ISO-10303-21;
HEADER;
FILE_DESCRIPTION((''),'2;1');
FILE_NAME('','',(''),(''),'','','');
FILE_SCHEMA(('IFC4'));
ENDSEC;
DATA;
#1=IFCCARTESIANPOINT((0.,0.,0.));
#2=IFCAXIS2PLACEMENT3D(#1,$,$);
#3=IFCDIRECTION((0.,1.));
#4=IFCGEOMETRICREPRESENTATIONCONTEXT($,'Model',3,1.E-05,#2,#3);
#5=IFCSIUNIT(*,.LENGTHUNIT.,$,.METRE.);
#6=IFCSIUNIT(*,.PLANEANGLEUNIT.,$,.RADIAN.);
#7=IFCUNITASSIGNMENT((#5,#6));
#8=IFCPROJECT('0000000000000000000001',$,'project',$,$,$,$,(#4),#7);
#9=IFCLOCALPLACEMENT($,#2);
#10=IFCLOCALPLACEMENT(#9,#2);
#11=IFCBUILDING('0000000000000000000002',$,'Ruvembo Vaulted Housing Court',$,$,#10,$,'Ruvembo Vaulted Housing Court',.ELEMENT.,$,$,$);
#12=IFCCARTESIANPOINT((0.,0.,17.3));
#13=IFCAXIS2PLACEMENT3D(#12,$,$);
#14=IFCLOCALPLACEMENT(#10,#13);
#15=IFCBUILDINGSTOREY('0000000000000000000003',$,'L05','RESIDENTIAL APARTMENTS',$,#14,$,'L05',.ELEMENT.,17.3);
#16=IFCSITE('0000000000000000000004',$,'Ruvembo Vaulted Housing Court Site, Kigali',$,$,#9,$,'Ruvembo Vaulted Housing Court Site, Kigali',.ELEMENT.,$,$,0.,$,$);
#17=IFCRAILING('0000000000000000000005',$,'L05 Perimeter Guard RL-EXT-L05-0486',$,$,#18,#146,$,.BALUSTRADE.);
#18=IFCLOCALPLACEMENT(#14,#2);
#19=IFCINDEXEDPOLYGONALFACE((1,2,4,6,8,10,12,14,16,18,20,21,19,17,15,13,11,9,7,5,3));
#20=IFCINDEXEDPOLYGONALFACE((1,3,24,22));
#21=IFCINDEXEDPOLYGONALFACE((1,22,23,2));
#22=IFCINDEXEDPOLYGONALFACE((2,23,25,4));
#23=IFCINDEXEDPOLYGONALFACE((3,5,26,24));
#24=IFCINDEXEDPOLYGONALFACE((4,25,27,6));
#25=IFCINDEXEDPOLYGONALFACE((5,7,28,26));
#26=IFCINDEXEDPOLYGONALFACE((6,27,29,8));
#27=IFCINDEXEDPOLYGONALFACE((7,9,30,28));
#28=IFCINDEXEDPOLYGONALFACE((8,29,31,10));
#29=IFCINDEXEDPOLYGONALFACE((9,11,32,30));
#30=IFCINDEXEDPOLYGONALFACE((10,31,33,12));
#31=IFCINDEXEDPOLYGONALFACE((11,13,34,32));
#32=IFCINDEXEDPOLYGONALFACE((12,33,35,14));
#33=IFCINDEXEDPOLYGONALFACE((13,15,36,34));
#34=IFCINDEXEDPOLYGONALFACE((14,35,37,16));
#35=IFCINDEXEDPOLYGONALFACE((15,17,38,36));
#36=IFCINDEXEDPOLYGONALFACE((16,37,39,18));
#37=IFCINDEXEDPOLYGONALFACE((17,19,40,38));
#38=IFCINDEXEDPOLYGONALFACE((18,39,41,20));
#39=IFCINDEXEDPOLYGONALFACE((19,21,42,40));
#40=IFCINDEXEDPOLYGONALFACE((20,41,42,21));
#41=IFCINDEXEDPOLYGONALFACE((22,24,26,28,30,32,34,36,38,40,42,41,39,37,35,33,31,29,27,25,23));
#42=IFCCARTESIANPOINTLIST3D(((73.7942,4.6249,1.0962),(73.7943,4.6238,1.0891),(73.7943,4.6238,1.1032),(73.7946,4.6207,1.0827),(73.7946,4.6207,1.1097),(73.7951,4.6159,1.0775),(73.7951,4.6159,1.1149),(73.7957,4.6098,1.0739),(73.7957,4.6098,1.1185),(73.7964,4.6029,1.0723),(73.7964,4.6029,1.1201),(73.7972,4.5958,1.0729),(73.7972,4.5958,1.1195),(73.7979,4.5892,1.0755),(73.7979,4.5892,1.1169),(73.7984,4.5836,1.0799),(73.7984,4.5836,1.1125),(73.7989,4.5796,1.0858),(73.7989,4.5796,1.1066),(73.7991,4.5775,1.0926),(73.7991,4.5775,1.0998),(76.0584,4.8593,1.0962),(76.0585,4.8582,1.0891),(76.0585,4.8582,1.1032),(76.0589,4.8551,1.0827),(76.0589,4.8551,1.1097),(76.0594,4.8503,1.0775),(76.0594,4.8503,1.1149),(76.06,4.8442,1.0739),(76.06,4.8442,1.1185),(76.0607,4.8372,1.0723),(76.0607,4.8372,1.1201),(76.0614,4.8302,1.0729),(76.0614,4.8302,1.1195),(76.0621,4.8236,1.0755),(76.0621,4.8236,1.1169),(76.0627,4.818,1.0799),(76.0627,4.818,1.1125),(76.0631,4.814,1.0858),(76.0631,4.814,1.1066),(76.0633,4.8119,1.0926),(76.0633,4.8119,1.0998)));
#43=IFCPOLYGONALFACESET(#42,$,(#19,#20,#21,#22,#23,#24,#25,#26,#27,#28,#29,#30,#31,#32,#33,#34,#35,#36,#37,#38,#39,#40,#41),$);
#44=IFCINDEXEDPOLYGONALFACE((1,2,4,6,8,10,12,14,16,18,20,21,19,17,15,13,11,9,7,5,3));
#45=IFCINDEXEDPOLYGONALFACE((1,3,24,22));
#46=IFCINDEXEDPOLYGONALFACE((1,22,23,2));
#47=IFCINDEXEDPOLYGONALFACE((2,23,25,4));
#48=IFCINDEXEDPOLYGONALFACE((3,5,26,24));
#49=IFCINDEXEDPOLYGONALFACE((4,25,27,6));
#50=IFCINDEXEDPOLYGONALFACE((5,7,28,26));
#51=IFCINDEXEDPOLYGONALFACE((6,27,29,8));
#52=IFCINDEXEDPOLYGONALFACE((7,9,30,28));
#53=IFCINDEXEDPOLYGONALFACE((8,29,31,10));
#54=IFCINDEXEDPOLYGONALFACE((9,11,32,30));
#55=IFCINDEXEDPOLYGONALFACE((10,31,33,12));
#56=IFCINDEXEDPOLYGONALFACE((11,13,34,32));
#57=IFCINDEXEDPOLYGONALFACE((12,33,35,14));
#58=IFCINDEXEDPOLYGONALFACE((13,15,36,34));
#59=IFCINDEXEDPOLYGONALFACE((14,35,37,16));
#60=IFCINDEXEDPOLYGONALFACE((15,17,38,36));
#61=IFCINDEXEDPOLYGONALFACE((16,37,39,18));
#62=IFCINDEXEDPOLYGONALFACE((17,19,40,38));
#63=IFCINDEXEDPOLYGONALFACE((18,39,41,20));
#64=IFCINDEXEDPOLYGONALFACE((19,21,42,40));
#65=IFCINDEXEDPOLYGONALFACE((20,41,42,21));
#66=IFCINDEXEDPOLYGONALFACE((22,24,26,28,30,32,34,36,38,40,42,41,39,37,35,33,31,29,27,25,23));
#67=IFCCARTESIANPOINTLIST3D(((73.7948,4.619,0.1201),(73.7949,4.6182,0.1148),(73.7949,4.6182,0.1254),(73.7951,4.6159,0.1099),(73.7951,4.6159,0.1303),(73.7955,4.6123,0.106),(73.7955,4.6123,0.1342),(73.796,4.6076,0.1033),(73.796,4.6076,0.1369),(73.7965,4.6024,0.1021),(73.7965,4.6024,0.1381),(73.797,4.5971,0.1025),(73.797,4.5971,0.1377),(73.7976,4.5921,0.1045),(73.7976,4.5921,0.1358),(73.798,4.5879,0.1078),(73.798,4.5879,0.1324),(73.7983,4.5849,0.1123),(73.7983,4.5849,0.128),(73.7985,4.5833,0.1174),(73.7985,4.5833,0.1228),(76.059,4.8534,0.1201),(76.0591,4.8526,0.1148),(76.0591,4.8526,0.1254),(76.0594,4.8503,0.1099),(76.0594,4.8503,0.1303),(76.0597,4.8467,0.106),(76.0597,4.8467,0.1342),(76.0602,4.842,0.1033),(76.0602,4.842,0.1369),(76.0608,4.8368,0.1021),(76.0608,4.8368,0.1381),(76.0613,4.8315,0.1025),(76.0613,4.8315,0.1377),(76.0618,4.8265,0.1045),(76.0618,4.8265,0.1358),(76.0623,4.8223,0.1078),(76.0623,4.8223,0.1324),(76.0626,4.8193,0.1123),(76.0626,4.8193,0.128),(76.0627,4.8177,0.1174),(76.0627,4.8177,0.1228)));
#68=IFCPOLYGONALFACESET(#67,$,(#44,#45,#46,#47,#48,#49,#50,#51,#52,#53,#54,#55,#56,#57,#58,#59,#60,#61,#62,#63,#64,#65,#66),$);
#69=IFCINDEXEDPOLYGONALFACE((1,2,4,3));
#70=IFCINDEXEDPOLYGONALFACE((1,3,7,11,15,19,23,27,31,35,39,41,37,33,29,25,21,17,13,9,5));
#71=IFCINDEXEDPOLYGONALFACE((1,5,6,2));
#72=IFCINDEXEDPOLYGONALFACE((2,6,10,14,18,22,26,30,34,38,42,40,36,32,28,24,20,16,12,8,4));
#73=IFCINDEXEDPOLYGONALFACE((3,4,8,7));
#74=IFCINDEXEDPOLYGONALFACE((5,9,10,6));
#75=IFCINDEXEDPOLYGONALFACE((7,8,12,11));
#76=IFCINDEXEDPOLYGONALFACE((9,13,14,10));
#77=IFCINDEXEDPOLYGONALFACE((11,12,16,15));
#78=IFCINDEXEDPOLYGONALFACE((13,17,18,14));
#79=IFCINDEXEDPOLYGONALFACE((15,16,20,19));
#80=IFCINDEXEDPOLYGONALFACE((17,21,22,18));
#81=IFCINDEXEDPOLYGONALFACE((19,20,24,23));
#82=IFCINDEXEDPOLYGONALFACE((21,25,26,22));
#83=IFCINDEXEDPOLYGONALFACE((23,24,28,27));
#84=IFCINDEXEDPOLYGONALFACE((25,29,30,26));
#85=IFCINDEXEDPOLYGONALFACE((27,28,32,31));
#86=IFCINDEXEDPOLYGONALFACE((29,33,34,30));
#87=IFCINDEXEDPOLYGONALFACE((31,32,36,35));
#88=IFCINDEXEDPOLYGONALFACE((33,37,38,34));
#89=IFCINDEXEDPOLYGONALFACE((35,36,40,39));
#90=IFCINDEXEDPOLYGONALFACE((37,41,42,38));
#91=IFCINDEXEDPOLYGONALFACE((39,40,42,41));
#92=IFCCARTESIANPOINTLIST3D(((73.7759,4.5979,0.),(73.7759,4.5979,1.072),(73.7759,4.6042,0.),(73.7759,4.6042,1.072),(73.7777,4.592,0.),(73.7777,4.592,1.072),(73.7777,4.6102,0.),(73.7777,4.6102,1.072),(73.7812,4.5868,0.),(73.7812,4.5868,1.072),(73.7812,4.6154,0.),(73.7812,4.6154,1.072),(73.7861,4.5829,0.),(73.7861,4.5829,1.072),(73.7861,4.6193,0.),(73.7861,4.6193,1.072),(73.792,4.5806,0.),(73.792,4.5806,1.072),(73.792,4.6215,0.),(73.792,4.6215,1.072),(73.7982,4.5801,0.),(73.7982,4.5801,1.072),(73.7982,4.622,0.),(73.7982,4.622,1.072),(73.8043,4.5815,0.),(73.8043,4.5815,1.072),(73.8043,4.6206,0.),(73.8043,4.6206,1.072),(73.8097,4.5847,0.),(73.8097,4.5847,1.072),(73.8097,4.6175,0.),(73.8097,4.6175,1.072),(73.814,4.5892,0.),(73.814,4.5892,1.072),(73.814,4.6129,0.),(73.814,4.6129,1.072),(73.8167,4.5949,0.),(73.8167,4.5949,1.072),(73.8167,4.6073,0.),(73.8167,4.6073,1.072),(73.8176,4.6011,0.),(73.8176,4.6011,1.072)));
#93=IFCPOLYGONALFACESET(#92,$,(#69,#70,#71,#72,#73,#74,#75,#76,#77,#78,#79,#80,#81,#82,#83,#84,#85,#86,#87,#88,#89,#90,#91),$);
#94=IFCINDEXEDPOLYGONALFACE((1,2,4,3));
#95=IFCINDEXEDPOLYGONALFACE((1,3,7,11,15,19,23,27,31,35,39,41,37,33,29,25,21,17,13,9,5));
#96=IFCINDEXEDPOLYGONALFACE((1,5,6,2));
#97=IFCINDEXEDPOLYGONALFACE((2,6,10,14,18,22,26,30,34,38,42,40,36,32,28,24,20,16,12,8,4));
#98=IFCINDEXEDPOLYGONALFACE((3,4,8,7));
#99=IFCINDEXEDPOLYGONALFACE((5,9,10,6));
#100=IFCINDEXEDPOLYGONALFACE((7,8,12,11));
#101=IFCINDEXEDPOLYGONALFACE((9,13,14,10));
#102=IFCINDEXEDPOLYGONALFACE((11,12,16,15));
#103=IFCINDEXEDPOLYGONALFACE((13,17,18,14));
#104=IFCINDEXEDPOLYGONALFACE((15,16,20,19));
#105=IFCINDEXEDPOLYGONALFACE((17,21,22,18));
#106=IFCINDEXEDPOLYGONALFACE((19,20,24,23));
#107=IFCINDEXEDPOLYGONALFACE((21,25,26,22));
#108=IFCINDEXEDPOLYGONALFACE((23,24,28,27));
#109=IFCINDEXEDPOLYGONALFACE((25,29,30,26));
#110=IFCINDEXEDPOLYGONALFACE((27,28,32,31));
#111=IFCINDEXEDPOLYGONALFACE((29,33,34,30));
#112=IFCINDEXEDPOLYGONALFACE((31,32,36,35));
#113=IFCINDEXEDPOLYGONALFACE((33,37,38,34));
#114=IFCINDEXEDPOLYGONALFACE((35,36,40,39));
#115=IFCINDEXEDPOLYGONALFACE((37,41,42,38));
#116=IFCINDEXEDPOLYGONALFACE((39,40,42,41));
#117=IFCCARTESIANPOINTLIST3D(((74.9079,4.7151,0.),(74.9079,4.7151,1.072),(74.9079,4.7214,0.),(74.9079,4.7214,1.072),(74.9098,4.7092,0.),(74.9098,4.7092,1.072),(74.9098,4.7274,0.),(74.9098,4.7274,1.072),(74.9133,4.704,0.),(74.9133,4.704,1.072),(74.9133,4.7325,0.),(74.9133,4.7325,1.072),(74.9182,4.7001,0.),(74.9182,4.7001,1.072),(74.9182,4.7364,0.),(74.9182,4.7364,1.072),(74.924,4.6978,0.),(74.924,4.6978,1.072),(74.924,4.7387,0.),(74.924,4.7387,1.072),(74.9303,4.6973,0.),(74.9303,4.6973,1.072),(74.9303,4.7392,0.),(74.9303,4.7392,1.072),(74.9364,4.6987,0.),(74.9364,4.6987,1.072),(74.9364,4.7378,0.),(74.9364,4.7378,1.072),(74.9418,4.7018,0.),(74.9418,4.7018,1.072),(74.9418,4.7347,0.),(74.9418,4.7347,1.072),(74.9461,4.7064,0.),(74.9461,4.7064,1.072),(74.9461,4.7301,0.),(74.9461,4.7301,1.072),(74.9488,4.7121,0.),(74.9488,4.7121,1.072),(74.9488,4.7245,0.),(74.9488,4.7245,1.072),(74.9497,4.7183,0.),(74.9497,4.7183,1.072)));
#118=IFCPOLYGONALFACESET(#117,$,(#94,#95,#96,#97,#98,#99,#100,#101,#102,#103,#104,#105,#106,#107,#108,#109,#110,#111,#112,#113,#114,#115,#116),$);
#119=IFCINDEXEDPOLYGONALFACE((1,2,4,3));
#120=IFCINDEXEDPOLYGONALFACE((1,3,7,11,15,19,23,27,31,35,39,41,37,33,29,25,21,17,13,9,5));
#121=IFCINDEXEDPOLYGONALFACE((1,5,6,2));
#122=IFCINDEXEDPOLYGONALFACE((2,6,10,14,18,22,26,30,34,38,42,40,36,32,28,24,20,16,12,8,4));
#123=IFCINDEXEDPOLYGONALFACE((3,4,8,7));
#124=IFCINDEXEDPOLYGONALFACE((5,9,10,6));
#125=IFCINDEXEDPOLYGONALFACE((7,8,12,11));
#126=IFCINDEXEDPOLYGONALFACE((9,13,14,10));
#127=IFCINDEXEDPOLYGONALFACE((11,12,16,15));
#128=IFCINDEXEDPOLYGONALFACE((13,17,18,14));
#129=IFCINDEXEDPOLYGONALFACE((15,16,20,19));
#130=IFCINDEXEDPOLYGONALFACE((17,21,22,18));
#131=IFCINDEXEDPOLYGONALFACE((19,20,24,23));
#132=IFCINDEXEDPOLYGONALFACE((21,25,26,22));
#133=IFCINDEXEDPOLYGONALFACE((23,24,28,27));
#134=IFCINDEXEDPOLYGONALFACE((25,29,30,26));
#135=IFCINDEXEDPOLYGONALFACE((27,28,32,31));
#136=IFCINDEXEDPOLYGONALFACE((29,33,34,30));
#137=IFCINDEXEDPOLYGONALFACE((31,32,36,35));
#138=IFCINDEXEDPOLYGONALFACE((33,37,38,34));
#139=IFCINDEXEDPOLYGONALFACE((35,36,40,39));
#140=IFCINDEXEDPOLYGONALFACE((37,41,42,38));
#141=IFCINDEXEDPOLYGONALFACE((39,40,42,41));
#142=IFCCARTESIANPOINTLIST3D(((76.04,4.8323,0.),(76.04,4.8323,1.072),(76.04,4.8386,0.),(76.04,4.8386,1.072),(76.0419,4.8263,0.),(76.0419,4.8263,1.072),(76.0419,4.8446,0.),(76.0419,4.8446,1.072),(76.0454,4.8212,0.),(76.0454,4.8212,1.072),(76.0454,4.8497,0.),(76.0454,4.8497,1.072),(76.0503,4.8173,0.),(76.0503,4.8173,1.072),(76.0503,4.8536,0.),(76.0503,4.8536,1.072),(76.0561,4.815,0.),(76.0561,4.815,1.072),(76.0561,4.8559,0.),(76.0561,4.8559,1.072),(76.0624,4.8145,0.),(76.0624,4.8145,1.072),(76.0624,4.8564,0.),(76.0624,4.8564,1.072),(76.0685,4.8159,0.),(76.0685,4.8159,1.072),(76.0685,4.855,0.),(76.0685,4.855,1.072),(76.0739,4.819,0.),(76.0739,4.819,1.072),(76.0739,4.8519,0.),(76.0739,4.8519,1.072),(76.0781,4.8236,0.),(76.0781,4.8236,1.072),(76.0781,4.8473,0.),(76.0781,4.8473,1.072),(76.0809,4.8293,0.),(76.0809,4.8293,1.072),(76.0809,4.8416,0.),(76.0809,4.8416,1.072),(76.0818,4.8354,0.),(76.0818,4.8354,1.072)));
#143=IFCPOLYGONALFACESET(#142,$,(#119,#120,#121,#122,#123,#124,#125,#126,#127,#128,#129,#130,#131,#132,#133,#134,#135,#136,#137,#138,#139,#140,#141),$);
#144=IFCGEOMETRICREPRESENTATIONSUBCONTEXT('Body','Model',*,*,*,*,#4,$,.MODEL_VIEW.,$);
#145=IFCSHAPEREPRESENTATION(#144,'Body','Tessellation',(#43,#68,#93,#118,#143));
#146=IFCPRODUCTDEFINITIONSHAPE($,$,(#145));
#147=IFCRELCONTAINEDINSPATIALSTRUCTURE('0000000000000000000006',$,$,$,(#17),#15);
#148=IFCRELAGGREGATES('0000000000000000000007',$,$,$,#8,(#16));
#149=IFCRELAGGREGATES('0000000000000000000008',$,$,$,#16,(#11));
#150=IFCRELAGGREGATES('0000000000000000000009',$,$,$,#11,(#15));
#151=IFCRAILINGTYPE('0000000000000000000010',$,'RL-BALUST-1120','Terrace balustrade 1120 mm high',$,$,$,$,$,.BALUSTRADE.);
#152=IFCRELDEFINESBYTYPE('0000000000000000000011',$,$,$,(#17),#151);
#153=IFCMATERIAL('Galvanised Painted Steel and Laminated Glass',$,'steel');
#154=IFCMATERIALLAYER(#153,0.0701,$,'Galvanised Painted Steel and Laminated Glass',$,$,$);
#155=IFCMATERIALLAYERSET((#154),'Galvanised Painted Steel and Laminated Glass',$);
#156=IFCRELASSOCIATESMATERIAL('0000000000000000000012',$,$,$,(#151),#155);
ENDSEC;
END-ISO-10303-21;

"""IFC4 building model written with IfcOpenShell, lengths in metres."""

from ifc_helpers import new_model, si_unit, direction, frame, origin, origin_2d, place, context, subcontext, project, spatial, circle, extrude, material, layer, layer_set, type_object, element, save


model = new_model("IFC4")

# Units and contexts
model_context = context("Model", 3, precision=1e-05, world=origin(), true_north=direction((0.0, 1.0)))
body_context = subcontext(model_context, "Body", "Model", "MODEL_VIEW")
ifc_project = project(units=[si_unit("LENGTHUNIT", "METRE"), si_unit("PLANEANGLEUNIT", "RADIAN")], contexts=[model_context])

# Site, building, storey
site_placement = place(None, origin())
site = spatial("IfcSite", under=ifc_project, at=site_placement, Name="Ruvembo Vaulted Housing Court Site, Kigali", LongName="Ruvembo Vaulted Housing Court Site, Kigali", CompositionType="ELEMENT", RefElevation=0.0)
building_placement = place(site_placement, origin())
building = spatial("IfcBuilding", under=site, at=building_placement, Name="Ruvembo Vaulted Housing Court", LongName="Ruvembo Vaulted Housing Court", CompositionType="ELEMENT")
storey_placement = place(building_placement, frame((0.0, 0.0, 17.3)))
storey = spatial("IfcBuildingStorey", under=building, at=storey_placement, Name="L05", Description="RESIDENTIAL APARTMENTS", LongName="L05", CompositionType="ELEMENT", Elevation=17.3)

# Railing
ifc_material_1 = material(Name="Galvanised Painted Steel and Laminated Glass", Category="steel")
ifc_layer_1 = layer(ifc_material_1, 0.0701, Name="Galvanised Painted Steel and Laminated Glass")
ifc_layer_set_1 = layer_set([ifc_layer_1], Name="Galvanised Painted Steel and Laminated Glass")
railing_type = type_object("IfcRailingType", Name="RL-BALUST-1120", Description="Terrace balustrade 1120 mm high", PredefinedType="BALUSTRADE", material=ifc_layer_set_1)
railing_1_placement = place(storey_placement, frame((73.7966, 4.6011, 0.0)))
element("IfcRailing", 1, at=railing_1_placement, inside=storey, type_object=railing_type, Name="L05 Perimeter Guard RL-EXT-L05-0486", PredefinedType="BALUSTRADE", context=body_context, shape_type="SweptSolid", body=[
    extrude(circle(Radius=0.0239, at=origin_2d()), frame((0.0, 0.0, 1.0962), z_axis=(0.994685, 0.102965, 0.0), x_axis=(-0.102965, 0.994685, 0.0)), (0.0, 0.0, 1.0), 2.2764),
    extrude(circle(Radius=0.0181, at=origin_2d()), frame((0.0, 0.0, 0.1201), z_axis=(0.994685, 0.102965, 0.0), x_axis=(-0.102965, 0.994685, 0.0)), (0.0, 0.0, 1.0), 2.2764),
    extrude(circle(Radius=0.021, at=origin_2d()), origin(), (0.0, 0.0, 1.0), 1.072),
    extrude(circle(Radius=0.021, at=origin_2d()), frame((1.1321, 0.1172, 0.0)), (0.0, 0.0, 1.0), 1.072),
    extrude(circle(Radius=0.021, at=origin_2d()), frame((2.2642, 0.2344, 0.0)), (0.0, 0.0, 1.0), 1.072),
])

save(model, "model.ifc")
